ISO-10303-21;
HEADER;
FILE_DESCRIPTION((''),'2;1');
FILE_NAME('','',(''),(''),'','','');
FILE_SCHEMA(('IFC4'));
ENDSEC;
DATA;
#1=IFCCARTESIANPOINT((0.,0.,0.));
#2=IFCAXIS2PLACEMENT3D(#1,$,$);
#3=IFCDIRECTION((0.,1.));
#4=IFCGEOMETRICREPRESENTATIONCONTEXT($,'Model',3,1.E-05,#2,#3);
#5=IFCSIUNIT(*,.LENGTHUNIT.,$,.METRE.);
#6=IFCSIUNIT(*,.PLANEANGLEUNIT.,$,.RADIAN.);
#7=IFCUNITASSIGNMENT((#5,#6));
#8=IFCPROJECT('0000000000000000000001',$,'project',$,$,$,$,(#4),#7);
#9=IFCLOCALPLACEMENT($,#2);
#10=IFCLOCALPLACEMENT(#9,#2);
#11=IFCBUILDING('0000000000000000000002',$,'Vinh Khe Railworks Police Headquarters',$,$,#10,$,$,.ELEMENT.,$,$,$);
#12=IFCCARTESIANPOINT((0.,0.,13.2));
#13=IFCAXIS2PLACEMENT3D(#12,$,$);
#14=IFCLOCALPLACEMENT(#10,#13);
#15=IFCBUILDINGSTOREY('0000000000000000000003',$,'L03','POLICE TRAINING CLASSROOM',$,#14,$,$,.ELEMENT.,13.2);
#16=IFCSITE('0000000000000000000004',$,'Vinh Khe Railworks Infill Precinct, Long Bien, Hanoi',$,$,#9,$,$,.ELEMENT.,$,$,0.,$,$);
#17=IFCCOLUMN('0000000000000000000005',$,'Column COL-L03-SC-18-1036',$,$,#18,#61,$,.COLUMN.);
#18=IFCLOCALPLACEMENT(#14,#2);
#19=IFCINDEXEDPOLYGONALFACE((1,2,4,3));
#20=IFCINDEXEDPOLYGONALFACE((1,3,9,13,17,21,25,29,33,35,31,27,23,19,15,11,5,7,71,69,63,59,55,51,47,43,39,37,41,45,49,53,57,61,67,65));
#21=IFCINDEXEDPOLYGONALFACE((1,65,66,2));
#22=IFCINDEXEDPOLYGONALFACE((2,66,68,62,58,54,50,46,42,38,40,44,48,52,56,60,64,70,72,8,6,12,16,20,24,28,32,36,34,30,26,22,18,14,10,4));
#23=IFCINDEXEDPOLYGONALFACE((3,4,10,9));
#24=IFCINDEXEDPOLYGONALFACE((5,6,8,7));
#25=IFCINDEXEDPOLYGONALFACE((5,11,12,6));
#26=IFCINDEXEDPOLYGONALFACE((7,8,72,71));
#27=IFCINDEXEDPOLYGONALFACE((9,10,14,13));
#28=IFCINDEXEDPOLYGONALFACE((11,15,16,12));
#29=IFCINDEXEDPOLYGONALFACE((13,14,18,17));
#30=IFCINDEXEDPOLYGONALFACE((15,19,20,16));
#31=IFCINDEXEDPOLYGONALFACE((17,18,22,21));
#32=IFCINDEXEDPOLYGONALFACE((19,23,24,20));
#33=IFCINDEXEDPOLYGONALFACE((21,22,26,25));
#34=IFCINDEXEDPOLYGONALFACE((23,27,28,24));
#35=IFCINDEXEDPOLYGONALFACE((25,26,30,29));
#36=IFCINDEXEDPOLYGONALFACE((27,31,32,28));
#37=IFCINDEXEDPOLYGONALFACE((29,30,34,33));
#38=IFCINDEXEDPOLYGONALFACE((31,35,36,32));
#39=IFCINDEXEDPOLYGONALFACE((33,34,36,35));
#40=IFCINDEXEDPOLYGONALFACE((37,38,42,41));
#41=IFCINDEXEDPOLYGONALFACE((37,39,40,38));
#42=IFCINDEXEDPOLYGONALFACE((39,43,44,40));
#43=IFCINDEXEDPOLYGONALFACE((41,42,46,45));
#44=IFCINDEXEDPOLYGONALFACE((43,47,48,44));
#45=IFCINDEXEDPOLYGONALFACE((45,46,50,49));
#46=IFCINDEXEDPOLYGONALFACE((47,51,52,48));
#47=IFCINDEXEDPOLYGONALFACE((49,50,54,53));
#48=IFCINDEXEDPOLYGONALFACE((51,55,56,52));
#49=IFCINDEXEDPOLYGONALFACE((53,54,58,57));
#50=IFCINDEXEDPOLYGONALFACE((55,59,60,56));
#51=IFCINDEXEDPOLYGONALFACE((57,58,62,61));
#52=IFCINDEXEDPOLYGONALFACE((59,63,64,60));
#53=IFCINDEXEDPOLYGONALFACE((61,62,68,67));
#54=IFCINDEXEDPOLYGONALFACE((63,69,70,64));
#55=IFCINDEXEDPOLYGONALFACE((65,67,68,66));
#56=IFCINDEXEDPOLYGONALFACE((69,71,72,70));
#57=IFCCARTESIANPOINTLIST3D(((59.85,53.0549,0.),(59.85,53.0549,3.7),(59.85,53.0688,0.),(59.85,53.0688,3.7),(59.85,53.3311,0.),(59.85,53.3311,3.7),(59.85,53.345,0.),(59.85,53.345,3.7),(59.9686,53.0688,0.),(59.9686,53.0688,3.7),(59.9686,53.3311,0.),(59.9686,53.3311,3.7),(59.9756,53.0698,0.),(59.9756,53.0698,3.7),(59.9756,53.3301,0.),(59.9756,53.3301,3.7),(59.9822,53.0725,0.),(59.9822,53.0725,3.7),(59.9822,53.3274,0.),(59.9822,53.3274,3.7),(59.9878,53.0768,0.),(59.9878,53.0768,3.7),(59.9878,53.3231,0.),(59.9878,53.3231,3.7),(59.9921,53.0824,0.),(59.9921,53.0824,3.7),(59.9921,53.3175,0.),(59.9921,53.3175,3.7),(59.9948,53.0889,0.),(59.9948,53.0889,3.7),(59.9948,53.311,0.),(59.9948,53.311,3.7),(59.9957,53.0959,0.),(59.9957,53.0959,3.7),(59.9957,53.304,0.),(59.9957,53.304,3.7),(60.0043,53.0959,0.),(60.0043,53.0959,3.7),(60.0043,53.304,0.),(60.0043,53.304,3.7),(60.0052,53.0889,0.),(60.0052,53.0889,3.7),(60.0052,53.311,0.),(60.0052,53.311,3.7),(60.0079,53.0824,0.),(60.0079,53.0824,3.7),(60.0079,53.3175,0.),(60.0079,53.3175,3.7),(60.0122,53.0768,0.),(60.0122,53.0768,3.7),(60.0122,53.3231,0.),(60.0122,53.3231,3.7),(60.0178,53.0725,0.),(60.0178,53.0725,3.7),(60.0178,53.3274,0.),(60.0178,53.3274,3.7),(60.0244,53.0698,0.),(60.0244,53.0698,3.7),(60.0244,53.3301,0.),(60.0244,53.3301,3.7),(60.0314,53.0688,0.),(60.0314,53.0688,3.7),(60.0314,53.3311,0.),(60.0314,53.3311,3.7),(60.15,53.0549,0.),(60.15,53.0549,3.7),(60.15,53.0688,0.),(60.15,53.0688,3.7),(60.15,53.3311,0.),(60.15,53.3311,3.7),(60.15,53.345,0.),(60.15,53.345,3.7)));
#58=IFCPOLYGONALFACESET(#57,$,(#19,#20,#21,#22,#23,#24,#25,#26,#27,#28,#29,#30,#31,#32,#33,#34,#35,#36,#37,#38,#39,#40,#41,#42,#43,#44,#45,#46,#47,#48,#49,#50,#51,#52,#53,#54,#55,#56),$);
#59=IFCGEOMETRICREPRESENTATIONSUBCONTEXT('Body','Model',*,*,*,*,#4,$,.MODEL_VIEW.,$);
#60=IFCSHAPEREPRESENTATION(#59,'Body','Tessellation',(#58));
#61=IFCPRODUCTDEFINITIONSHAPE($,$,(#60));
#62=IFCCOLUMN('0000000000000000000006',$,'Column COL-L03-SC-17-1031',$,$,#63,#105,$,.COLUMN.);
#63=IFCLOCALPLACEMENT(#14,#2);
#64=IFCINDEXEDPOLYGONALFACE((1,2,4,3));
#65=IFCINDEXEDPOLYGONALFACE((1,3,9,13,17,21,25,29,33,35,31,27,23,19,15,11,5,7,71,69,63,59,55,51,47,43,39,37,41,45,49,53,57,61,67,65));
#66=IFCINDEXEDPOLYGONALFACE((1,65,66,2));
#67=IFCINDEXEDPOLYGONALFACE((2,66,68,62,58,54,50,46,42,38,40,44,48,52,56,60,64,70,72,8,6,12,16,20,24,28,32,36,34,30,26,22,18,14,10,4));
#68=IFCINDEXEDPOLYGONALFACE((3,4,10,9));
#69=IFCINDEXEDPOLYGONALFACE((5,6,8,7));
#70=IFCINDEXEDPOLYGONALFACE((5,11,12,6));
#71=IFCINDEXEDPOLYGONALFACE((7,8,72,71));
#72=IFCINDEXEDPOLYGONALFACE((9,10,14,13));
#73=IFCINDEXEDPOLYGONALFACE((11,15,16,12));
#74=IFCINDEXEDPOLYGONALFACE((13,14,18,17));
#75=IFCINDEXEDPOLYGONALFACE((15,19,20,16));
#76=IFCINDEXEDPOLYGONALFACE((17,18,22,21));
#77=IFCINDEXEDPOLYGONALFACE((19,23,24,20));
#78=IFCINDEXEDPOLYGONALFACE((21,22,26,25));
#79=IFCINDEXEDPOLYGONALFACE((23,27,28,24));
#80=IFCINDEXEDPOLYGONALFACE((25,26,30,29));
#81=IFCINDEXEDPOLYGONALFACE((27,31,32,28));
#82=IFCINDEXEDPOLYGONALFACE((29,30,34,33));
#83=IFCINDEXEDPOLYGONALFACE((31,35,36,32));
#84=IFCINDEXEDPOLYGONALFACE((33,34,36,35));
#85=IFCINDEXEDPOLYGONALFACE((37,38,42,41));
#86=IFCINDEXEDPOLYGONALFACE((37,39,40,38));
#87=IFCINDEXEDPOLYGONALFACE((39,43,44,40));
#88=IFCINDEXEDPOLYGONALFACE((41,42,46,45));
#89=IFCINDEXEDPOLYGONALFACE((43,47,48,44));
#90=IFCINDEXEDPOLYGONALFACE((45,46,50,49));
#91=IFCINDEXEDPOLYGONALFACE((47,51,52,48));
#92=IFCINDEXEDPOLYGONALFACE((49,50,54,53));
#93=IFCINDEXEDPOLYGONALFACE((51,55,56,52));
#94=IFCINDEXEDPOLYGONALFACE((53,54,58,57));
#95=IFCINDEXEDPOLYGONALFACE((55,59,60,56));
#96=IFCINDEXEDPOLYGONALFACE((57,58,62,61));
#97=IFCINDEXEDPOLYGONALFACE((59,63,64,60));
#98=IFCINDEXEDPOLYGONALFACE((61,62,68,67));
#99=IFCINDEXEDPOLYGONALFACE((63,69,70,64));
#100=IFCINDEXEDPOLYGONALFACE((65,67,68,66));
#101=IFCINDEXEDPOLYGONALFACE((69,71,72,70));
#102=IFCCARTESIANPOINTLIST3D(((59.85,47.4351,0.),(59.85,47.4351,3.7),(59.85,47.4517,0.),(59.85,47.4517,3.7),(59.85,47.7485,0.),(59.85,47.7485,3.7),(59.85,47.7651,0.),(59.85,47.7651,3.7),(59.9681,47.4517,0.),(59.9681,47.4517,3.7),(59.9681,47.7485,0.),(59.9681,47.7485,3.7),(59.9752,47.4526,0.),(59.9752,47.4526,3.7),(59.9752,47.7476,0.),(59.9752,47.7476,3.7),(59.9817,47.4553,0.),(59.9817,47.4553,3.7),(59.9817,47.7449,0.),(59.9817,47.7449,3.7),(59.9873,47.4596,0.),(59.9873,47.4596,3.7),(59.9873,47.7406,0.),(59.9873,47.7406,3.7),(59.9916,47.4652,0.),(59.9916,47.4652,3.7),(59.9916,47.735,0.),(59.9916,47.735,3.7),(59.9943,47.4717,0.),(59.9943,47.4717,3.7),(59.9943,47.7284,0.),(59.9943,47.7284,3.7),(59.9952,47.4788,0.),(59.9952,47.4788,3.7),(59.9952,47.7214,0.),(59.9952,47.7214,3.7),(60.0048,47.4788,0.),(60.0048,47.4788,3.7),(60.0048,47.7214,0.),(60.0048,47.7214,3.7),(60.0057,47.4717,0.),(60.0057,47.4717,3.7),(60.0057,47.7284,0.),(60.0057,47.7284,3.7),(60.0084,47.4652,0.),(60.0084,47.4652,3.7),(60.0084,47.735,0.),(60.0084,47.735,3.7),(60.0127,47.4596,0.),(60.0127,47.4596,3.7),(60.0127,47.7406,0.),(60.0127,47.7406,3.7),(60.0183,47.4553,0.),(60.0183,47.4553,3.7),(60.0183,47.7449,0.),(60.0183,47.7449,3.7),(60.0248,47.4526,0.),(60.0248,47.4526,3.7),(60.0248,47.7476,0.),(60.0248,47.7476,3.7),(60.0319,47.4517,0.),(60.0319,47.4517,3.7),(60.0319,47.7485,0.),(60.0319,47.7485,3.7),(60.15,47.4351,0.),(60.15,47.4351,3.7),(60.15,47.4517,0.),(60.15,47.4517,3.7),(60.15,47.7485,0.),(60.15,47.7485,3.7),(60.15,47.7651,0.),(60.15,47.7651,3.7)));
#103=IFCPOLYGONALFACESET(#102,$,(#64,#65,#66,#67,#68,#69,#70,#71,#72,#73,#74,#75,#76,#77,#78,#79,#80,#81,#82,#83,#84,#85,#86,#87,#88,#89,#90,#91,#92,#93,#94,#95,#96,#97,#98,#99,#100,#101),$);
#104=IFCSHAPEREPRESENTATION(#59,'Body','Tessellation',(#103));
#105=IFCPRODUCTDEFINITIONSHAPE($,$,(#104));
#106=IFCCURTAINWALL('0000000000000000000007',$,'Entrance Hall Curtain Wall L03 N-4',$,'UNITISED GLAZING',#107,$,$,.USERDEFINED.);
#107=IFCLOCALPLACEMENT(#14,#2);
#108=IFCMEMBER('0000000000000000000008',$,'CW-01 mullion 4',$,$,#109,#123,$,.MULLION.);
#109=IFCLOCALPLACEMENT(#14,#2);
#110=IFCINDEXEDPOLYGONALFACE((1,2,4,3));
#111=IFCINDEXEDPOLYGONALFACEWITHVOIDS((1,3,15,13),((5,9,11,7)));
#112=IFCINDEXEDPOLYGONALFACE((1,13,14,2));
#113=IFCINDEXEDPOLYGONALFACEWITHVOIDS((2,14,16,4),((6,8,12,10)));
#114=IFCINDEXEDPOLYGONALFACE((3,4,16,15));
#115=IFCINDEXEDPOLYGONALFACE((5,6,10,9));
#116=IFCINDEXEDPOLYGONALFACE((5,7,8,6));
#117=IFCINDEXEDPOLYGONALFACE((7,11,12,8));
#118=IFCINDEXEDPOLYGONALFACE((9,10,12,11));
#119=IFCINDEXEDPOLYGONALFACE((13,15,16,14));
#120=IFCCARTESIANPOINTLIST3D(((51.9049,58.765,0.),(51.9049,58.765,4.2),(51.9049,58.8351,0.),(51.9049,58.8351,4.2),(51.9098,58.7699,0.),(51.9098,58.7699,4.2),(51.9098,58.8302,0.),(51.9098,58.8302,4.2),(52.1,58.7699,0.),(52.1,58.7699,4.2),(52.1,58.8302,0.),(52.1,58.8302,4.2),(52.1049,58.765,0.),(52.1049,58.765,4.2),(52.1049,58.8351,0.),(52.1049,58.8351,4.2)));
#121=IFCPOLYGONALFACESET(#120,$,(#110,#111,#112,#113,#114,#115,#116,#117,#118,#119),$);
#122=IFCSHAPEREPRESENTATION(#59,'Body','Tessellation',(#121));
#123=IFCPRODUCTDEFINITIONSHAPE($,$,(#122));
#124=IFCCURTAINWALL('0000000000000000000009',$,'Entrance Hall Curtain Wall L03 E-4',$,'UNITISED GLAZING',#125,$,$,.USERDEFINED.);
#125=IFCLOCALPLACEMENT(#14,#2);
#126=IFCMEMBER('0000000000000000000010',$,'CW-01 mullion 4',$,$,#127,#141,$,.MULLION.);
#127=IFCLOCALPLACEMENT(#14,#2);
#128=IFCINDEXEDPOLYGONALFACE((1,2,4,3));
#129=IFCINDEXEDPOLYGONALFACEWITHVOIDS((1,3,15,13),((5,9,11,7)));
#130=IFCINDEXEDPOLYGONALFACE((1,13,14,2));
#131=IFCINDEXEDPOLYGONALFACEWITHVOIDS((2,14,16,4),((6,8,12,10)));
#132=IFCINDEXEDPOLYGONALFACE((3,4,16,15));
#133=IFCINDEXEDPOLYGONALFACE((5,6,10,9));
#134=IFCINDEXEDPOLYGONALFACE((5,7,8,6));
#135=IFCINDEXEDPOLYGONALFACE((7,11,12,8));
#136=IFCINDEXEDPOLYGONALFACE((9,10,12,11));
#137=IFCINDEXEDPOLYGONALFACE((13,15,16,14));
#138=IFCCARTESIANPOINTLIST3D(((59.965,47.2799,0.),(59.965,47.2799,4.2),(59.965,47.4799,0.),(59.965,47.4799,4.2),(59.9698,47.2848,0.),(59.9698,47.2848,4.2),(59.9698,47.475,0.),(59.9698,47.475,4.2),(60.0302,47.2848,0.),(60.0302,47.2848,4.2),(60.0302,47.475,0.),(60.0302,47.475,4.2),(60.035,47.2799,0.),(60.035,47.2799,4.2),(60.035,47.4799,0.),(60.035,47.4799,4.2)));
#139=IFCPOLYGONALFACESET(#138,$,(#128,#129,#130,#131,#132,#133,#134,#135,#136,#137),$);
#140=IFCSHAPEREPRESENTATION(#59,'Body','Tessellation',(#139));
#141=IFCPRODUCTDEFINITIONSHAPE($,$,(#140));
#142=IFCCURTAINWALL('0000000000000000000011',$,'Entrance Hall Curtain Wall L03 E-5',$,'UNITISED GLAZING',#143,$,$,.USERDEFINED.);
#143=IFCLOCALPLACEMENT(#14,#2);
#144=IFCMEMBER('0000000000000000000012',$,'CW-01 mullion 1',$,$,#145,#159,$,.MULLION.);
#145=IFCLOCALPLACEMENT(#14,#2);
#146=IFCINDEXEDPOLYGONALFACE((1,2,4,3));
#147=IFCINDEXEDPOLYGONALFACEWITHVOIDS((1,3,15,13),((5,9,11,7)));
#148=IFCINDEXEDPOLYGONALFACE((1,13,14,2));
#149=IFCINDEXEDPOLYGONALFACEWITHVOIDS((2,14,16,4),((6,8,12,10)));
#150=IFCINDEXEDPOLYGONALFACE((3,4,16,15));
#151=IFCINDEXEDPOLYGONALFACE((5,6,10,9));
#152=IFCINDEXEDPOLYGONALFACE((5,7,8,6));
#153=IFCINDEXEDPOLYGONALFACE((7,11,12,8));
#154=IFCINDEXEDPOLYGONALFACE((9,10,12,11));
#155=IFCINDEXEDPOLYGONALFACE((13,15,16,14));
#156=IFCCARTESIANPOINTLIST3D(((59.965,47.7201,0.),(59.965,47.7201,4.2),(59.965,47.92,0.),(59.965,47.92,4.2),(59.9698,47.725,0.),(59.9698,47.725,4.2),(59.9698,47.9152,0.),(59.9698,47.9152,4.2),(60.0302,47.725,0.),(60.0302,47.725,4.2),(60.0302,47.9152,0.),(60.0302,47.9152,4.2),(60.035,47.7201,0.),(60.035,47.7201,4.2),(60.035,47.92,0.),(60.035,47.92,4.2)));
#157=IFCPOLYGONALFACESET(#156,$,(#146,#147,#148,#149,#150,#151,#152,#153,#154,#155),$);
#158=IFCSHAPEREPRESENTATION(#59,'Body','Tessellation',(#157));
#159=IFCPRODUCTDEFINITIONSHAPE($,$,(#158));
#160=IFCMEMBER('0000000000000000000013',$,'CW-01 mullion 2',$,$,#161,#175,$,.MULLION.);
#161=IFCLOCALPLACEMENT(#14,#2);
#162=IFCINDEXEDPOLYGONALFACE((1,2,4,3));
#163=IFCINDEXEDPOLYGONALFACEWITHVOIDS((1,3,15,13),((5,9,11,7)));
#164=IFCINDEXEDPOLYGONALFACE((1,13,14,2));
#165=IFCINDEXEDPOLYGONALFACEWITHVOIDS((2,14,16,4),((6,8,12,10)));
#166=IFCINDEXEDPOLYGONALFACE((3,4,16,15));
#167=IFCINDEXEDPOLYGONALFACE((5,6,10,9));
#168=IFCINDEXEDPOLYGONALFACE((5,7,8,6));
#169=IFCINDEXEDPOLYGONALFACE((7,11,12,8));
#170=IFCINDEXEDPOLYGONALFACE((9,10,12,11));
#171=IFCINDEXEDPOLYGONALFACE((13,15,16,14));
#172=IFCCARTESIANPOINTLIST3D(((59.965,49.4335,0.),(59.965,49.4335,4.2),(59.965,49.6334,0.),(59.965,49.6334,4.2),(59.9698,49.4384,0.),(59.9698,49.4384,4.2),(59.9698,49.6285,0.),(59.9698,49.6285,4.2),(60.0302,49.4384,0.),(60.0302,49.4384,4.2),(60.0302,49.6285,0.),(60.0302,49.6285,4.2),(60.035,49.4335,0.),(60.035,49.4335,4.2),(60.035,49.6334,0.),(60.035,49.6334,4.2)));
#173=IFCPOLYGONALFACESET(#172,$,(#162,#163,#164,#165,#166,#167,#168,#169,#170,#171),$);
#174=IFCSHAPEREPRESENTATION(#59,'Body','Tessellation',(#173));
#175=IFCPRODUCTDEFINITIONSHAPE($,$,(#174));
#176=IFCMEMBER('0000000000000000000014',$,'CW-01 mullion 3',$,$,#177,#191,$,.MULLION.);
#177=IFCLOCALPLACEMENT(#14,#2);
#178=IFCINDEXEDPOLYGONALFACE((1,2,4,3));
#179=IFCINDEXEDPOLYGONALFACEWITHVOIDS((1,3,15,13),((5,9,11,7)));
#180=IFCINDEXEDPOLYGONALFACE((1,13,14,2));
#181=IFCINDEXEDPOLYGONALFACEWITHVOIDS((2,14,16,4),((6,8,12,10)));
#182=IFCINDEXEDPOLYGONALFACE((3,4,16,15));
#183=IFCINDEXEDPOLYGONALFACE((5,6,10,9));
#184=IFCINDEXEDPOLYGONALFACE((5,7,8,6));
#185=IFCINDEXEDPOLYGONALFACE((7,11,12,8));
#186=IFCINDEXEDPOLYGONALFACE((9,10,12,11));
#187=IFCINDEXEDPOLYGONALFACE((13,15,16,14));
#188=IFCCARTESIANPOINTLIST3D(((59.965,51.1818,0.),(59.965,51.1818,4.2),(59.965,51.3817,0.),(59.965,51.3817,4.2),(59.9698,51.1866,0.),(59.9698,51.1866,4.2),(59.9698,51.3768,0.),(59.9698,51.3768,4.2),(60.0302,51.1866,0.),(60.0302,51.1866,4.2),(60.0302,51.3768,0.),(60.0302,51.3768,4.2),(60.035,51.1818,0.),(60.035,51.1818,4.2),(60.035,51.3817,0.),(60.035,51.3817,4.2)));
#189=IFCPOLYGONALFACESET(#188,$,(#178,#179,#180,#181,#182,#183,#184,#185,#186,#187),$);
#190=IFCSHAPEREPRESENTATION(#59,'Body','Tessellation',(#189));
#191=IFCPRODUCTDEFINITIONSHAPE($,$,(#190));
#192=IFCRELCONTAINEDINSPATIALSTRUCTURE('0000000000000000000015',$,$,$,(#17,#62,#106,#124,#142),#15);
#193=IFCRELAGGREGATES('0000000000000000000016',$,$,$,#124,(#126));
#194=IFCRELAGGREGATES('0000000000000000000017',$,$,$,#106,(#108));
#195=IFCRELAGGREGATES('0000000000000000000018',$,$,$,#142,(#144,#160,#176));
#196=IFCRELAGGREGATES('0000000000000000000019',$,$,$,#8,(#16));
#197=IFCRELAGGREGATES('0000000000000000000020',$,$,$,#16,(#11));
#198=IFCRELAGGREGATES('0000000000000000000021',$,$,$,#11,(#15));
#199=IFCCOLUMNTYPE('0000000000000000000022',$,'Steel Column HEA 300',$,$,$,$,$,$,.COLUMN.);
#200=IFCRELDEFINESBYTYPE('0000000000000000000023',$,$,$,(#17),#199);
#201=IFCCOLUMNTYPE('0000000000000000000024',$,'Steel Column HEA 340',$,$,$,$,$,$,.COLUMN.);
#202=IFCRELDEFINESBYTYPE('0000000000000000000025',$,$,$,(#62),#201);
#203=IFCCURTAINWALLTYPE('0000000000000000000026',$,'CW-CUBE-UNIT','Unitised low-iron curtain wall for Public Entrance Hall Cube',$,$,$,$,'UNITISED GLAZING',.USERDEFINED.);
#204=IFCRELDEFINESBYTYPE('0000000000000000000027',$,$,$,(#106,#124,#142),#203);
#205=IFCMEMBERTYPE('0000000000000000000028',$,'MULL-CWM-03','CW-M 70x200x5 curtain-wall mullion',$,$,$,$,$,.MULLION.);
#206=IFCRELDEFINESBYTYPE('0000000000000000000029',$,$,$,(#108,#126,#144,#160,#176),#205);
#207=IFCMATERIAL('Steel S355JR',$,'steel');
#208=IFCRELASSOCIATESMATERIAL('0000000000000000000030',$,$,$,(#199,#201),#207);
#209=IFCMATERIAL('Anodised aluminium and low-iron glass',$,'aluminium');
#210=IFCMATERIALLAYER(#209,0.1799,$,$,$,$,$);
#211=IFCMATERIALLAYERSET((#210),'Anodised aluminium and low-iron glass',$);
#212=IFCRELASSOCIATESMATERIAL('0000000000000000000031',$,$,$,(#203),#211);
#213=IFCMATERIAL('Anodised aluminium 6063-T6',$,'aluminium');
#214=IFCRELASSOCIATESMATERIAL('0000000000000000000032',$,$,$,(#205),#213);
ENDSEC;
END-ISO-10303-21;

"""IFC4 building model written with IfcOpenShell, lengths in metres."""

from ifc_helpers import new_model, si_unit, direction, frame, origin, origin_2d, place, context, subcontext, project, spatial, hollow_rectangle, i_section, extrude, material, layer, layer_set, material_profile, profile_set, type_object, element, aggregate, save


model = new_model("IFC4")

# Units and contexts
model_context = context("Model", 3, precision=1e-05, world=origin(), true_north=direction((0.0, 1.0)))
body_context = subcontext(model_context, "Body", "Model", "MODEL_VIEW")
ifc_project = project(units=[si_unit("LENGTHUNIT", "METRE"), si_unit("PLANEANGLEUNIT", "RADIAN")], contexts=[model_context])

# Site, building, storey
site_placement = place(None, origin())
site = spatial("IfcSite", under=ifc_project, at=site_placement, Name="Vinh Khe Railworks Infill Precinct, Long Bien, Hanoi", CompositionType="ELEMENT", RefElevation=0.0)
building_placement = place(site_placement, origin())
building = spatial("IfcBuilding", under=site, at=building_placement, Name="Vinh Khe Railworks Police Headquarters", CompositionType="ELEMENT")
storey_placement = place(building_placement, frame((0.0, 0.0, 13.2)))
storey = spatial("IfcBuildingStorey", under=building, at=storey_placement, Name="L03", Description="POLICE TRAINING CLASSROOM", CompositionType="ELEMENT", Elevation=13.2)

# Columns
ifc_material_1 = material(Name="Steel S355JR", Category="steel")
ifc_material_profile_1 = material_profile(ifc_material_1, i_section(OverallWidth=0.3, OverallDepth=0.29, WebThickness=0.0085, FlangeThickness=0.0139, FilletRadius=0.0271, at=origin_2d()), Name="HEA 300")
ifc_profile_set_1 = profile_set([ifc_material_profile_1], Name="Steel S355JR")
column_type_1 = type_object("IfcColumnType", Name="Steel Column HEA 300", PredefinedType="COLUMN", material=ifc_profile_set_1)
column_1_placement = place(storey_placement, frame((60.0, 53.2, 0.0), z_axis=(0.0, 0.0, 1.0), x_axis=(1.0, 0.0, 0.0)))
element("IfcColumn", 1, at=column_1_placement, inside=storey, type_object=column_type_1, Name="Column COL-L03-SC-18-1036", PredefinedType="COLUMN", context=body_context, shape_type="SweptSolid", body=[
    extrude(i_section(OverallWidth=0.3, OverallDepth=0.29, WebThickness=0.0085, FlangeThickness=0.0139, FilletRadius=0.0271, at=origin_2d()), origin(), (0.0, 0.0, 1.0), 3.7),
])
ifc_material_profile_2 = material_profile(ifc_material_1, i_section(OverallWidth=0.3, OverallDepth=0.3301, WebThickness=0.0095, FlangeThickness=0.0166, FilletRadius=0.0271, at=origin_2d()), Name="HEA 340")
ifc_profile_set_2 = profile_set([ifc_material_profile_2], Name="Steel S355JR")
column_type_2 = type_object("IfcColumnType", Name="Steel Column HEA 340", PredefinedType="COLUMN", material=ifc_profile_set_2)
column_2_placement = place(storey_placement, frame((60.0, 47.6001, 0.0), z_axis=(0.0, 0.0, 1.0), x_axis=(1.0, 0.0, 0.0)))
element("IfcColumn", 2, at=column_2_placement, inside=storey, type_object=column_type_2, Name="Column COL-L03-SC-17-1031", PredefinedType="COLUMN", context=body_context, shape_type="SweptSolid", body=[
    extrude(i_section(OverallWidth=0.3, OverallDepth=0.3301, WebThickness=0.0095, FlangeThickness=0.0166, FilletRadius=0.0271, at=origin_2d()), origin(), (0.0, 0.0, 1.0), 3.7),
])

# Curtain walls, members
ifc_material_2 = material(Name="Anodised aluminium and low-iron glass", Category="aluminium")
ifc_layer_1 = layer(ifc_material_2, 0.1799)
ifc_layer_set_1 = layer_set([ifc_layer_1], Name="Anodised aluminium and low-iron glass")
curtain_wall_type = type_object("IfcCurtainWallType", Name="CW-CUBE-UNIT", Description="Unitised low-iron curtain wall for Public Entrance Hall Cube", ElementType="UNITISED GLAZING", PredefinedType="USERDEFINED", material=ifc_layer_set_1)
curtain_wall_1_placement = place(storey_placement, origin())
curtain_wall_1 = element("IfcCurtainWall", 3, at=curtain_wall_1_placement, inside=storey, type_object=curtain_wall_type, Name="Entrance Hall Curtain Wall L03 N-4", ObjectType="UNITISED GLAZING", PredefinedType="USERDEFINED")
ifc_material_3 = material(Name="Anodised aluminium 6063-T6", Category="aluminium")
ifc_material_profile_3 = material_profile(ifc_material_3, hollow_rectangle(XDim=0.0701, YDim=0.2, WallThickness=0.0049, at=origin_2d()), Name="CW-M 70x200x5")
ifc_profile_set_3 = profile_set([ifc_material_profile_3], Name="Anodised aluminium 6063-T6")
member_type_1 = type_object("IfcMemberType", Name="MULL-CWM-03", Description="CW-M 70x200x5 curtain-wall mullion", PredefinedType="MULLION", material=ifc_profile_set_3)
member_1_placement = place(storey_placement, frame((52.0049, 58.8, 0.0), z_axis=(0.0, 0.0, 1.0), x_axis=(0.0, 1.0, 0.0)))
member_1 = element("IfcMember", 4, at=member_1_placement, type_object=member_type_1, Name="CW-01 mullion 4", PredefinedType="MULLION", context=body_context, shape_type="SweptSolid", body=[
    extrude(hollow_rectangle(XDim=0.0701, YDim=0.2, WallThickness=0.0049, at=origin_2d()), origin(), (0.0, 0.0, 1.0), 4.2),
])
curtain_wall_2_placement = place(storey_placement, origin())
curtain_wall_2 = element("IfcCurtainWall", 5, at=curtain_wall_2_placement, inside=storey, type_object=curtain_wall_type, Name="Entrance Hall Curtain Wall L03 E-4", ObjectType="UNITISED GLAZING", PredefinedType="USERDEFINED")
member_2_placement = place(storey_placement, frame((60.0, 47.3799, 0.0), z_axis=(0.0, 0.0, 1.0), x_axis=(-1.0, 0.0, 0.0)))
member_2 = element("IfcMember", 6, at=member_2_placement, type_object=member_type_1, Name="CW-01 mullion 4", PredefinedType="MULLION", context=body_context, shape_type="SweptSolid", body=[
    extrude(hollow_rectangle(XDim=0.0701, YDim=0.2, WallThickness=0.0049, at=origin_2d()), origin(), (0.0, 0.0, 1.0), 4.2),
])
aggregate(curtain_wall_2, [member_2])

# Curtain wall, members
curtain_wall_3_placement = place(storey_placement, origin())
curtain_wall_3 = element("IfcCurtainWall", 7, at=curtain_wall_3_placement, inside=storey, type_object=curtain_wall_type, Name="Entrance Hall Curtain Wall L03 E-5", ObjectType="UNITISED GLAZING", PredefinedType="USERDEFINED")
member_3_placement = place(storey_placement, frame((60.0, 47.8201, 0.0), z_axis=(0.0, 0.0, 1.0), x_axis=(-1.0, 0.0, 0.0)))
member_3 = element("IfcMember", 8, at=member_3_placement, type_object=member_type_1, Name="CW-01 mullion 1", PredefinedType="MULLION", context=body_context, shape_type="SweptSolid", body=[
    extrude(hollow_rectangle(XDim=0.0701, YDim=0.2, WallThickness=0.0049, at=origin_2d()), origin(), (0.0, 0.0, 1.0), 4.2),
])
member_4_placement = place(storey_placement, frame((60.0, 49.5334, 0.0), z_axis=(0.0, 0.0, 1.0), x_axis=(-1.0, 0.0, 0.0)))
member_4 = element("IfcMember", 9, at=member_4_placement, type_object=member_type_1, Name="CW-01 mullion 2", PredefinedType="MULLION", context=body_context, shape_type="SweptSolid", body=[
    extrude(hollow_rectangle(XDim=0.0701, YDim=0.2, WallThickness=0.0049, at=origin_2d()), origin(), (0.0, 0.0, 1.0), 4.2),
])
member_5_placement = place(storey_placement, frame((60.0, 51.2817, 0.0), z_axis=(0.0, 0.0, 1.0), x_axis=(-1.0, 0.0, 0.0)))
member_5 = element("IfcMember", 10, at=member_5_placement, type_object=member_type_1, Name="CW-01 mullion 3", PredefinedType="MULLION", context=body_context, shape_type="SweptSolid", body=[
    extrude(hollow_rectangle(XDim=0.0701, YDim=0.2, WallThickness=0.0049, at=origin_2d()), origin(), (0.0, 0.0, 1.0), 4.2),
])

aggregate(curtain_wall_1, [member_1])
aggregate(curtain_wall_3, [member_3, member_4, member_5])

save(model, "model.ifc")
